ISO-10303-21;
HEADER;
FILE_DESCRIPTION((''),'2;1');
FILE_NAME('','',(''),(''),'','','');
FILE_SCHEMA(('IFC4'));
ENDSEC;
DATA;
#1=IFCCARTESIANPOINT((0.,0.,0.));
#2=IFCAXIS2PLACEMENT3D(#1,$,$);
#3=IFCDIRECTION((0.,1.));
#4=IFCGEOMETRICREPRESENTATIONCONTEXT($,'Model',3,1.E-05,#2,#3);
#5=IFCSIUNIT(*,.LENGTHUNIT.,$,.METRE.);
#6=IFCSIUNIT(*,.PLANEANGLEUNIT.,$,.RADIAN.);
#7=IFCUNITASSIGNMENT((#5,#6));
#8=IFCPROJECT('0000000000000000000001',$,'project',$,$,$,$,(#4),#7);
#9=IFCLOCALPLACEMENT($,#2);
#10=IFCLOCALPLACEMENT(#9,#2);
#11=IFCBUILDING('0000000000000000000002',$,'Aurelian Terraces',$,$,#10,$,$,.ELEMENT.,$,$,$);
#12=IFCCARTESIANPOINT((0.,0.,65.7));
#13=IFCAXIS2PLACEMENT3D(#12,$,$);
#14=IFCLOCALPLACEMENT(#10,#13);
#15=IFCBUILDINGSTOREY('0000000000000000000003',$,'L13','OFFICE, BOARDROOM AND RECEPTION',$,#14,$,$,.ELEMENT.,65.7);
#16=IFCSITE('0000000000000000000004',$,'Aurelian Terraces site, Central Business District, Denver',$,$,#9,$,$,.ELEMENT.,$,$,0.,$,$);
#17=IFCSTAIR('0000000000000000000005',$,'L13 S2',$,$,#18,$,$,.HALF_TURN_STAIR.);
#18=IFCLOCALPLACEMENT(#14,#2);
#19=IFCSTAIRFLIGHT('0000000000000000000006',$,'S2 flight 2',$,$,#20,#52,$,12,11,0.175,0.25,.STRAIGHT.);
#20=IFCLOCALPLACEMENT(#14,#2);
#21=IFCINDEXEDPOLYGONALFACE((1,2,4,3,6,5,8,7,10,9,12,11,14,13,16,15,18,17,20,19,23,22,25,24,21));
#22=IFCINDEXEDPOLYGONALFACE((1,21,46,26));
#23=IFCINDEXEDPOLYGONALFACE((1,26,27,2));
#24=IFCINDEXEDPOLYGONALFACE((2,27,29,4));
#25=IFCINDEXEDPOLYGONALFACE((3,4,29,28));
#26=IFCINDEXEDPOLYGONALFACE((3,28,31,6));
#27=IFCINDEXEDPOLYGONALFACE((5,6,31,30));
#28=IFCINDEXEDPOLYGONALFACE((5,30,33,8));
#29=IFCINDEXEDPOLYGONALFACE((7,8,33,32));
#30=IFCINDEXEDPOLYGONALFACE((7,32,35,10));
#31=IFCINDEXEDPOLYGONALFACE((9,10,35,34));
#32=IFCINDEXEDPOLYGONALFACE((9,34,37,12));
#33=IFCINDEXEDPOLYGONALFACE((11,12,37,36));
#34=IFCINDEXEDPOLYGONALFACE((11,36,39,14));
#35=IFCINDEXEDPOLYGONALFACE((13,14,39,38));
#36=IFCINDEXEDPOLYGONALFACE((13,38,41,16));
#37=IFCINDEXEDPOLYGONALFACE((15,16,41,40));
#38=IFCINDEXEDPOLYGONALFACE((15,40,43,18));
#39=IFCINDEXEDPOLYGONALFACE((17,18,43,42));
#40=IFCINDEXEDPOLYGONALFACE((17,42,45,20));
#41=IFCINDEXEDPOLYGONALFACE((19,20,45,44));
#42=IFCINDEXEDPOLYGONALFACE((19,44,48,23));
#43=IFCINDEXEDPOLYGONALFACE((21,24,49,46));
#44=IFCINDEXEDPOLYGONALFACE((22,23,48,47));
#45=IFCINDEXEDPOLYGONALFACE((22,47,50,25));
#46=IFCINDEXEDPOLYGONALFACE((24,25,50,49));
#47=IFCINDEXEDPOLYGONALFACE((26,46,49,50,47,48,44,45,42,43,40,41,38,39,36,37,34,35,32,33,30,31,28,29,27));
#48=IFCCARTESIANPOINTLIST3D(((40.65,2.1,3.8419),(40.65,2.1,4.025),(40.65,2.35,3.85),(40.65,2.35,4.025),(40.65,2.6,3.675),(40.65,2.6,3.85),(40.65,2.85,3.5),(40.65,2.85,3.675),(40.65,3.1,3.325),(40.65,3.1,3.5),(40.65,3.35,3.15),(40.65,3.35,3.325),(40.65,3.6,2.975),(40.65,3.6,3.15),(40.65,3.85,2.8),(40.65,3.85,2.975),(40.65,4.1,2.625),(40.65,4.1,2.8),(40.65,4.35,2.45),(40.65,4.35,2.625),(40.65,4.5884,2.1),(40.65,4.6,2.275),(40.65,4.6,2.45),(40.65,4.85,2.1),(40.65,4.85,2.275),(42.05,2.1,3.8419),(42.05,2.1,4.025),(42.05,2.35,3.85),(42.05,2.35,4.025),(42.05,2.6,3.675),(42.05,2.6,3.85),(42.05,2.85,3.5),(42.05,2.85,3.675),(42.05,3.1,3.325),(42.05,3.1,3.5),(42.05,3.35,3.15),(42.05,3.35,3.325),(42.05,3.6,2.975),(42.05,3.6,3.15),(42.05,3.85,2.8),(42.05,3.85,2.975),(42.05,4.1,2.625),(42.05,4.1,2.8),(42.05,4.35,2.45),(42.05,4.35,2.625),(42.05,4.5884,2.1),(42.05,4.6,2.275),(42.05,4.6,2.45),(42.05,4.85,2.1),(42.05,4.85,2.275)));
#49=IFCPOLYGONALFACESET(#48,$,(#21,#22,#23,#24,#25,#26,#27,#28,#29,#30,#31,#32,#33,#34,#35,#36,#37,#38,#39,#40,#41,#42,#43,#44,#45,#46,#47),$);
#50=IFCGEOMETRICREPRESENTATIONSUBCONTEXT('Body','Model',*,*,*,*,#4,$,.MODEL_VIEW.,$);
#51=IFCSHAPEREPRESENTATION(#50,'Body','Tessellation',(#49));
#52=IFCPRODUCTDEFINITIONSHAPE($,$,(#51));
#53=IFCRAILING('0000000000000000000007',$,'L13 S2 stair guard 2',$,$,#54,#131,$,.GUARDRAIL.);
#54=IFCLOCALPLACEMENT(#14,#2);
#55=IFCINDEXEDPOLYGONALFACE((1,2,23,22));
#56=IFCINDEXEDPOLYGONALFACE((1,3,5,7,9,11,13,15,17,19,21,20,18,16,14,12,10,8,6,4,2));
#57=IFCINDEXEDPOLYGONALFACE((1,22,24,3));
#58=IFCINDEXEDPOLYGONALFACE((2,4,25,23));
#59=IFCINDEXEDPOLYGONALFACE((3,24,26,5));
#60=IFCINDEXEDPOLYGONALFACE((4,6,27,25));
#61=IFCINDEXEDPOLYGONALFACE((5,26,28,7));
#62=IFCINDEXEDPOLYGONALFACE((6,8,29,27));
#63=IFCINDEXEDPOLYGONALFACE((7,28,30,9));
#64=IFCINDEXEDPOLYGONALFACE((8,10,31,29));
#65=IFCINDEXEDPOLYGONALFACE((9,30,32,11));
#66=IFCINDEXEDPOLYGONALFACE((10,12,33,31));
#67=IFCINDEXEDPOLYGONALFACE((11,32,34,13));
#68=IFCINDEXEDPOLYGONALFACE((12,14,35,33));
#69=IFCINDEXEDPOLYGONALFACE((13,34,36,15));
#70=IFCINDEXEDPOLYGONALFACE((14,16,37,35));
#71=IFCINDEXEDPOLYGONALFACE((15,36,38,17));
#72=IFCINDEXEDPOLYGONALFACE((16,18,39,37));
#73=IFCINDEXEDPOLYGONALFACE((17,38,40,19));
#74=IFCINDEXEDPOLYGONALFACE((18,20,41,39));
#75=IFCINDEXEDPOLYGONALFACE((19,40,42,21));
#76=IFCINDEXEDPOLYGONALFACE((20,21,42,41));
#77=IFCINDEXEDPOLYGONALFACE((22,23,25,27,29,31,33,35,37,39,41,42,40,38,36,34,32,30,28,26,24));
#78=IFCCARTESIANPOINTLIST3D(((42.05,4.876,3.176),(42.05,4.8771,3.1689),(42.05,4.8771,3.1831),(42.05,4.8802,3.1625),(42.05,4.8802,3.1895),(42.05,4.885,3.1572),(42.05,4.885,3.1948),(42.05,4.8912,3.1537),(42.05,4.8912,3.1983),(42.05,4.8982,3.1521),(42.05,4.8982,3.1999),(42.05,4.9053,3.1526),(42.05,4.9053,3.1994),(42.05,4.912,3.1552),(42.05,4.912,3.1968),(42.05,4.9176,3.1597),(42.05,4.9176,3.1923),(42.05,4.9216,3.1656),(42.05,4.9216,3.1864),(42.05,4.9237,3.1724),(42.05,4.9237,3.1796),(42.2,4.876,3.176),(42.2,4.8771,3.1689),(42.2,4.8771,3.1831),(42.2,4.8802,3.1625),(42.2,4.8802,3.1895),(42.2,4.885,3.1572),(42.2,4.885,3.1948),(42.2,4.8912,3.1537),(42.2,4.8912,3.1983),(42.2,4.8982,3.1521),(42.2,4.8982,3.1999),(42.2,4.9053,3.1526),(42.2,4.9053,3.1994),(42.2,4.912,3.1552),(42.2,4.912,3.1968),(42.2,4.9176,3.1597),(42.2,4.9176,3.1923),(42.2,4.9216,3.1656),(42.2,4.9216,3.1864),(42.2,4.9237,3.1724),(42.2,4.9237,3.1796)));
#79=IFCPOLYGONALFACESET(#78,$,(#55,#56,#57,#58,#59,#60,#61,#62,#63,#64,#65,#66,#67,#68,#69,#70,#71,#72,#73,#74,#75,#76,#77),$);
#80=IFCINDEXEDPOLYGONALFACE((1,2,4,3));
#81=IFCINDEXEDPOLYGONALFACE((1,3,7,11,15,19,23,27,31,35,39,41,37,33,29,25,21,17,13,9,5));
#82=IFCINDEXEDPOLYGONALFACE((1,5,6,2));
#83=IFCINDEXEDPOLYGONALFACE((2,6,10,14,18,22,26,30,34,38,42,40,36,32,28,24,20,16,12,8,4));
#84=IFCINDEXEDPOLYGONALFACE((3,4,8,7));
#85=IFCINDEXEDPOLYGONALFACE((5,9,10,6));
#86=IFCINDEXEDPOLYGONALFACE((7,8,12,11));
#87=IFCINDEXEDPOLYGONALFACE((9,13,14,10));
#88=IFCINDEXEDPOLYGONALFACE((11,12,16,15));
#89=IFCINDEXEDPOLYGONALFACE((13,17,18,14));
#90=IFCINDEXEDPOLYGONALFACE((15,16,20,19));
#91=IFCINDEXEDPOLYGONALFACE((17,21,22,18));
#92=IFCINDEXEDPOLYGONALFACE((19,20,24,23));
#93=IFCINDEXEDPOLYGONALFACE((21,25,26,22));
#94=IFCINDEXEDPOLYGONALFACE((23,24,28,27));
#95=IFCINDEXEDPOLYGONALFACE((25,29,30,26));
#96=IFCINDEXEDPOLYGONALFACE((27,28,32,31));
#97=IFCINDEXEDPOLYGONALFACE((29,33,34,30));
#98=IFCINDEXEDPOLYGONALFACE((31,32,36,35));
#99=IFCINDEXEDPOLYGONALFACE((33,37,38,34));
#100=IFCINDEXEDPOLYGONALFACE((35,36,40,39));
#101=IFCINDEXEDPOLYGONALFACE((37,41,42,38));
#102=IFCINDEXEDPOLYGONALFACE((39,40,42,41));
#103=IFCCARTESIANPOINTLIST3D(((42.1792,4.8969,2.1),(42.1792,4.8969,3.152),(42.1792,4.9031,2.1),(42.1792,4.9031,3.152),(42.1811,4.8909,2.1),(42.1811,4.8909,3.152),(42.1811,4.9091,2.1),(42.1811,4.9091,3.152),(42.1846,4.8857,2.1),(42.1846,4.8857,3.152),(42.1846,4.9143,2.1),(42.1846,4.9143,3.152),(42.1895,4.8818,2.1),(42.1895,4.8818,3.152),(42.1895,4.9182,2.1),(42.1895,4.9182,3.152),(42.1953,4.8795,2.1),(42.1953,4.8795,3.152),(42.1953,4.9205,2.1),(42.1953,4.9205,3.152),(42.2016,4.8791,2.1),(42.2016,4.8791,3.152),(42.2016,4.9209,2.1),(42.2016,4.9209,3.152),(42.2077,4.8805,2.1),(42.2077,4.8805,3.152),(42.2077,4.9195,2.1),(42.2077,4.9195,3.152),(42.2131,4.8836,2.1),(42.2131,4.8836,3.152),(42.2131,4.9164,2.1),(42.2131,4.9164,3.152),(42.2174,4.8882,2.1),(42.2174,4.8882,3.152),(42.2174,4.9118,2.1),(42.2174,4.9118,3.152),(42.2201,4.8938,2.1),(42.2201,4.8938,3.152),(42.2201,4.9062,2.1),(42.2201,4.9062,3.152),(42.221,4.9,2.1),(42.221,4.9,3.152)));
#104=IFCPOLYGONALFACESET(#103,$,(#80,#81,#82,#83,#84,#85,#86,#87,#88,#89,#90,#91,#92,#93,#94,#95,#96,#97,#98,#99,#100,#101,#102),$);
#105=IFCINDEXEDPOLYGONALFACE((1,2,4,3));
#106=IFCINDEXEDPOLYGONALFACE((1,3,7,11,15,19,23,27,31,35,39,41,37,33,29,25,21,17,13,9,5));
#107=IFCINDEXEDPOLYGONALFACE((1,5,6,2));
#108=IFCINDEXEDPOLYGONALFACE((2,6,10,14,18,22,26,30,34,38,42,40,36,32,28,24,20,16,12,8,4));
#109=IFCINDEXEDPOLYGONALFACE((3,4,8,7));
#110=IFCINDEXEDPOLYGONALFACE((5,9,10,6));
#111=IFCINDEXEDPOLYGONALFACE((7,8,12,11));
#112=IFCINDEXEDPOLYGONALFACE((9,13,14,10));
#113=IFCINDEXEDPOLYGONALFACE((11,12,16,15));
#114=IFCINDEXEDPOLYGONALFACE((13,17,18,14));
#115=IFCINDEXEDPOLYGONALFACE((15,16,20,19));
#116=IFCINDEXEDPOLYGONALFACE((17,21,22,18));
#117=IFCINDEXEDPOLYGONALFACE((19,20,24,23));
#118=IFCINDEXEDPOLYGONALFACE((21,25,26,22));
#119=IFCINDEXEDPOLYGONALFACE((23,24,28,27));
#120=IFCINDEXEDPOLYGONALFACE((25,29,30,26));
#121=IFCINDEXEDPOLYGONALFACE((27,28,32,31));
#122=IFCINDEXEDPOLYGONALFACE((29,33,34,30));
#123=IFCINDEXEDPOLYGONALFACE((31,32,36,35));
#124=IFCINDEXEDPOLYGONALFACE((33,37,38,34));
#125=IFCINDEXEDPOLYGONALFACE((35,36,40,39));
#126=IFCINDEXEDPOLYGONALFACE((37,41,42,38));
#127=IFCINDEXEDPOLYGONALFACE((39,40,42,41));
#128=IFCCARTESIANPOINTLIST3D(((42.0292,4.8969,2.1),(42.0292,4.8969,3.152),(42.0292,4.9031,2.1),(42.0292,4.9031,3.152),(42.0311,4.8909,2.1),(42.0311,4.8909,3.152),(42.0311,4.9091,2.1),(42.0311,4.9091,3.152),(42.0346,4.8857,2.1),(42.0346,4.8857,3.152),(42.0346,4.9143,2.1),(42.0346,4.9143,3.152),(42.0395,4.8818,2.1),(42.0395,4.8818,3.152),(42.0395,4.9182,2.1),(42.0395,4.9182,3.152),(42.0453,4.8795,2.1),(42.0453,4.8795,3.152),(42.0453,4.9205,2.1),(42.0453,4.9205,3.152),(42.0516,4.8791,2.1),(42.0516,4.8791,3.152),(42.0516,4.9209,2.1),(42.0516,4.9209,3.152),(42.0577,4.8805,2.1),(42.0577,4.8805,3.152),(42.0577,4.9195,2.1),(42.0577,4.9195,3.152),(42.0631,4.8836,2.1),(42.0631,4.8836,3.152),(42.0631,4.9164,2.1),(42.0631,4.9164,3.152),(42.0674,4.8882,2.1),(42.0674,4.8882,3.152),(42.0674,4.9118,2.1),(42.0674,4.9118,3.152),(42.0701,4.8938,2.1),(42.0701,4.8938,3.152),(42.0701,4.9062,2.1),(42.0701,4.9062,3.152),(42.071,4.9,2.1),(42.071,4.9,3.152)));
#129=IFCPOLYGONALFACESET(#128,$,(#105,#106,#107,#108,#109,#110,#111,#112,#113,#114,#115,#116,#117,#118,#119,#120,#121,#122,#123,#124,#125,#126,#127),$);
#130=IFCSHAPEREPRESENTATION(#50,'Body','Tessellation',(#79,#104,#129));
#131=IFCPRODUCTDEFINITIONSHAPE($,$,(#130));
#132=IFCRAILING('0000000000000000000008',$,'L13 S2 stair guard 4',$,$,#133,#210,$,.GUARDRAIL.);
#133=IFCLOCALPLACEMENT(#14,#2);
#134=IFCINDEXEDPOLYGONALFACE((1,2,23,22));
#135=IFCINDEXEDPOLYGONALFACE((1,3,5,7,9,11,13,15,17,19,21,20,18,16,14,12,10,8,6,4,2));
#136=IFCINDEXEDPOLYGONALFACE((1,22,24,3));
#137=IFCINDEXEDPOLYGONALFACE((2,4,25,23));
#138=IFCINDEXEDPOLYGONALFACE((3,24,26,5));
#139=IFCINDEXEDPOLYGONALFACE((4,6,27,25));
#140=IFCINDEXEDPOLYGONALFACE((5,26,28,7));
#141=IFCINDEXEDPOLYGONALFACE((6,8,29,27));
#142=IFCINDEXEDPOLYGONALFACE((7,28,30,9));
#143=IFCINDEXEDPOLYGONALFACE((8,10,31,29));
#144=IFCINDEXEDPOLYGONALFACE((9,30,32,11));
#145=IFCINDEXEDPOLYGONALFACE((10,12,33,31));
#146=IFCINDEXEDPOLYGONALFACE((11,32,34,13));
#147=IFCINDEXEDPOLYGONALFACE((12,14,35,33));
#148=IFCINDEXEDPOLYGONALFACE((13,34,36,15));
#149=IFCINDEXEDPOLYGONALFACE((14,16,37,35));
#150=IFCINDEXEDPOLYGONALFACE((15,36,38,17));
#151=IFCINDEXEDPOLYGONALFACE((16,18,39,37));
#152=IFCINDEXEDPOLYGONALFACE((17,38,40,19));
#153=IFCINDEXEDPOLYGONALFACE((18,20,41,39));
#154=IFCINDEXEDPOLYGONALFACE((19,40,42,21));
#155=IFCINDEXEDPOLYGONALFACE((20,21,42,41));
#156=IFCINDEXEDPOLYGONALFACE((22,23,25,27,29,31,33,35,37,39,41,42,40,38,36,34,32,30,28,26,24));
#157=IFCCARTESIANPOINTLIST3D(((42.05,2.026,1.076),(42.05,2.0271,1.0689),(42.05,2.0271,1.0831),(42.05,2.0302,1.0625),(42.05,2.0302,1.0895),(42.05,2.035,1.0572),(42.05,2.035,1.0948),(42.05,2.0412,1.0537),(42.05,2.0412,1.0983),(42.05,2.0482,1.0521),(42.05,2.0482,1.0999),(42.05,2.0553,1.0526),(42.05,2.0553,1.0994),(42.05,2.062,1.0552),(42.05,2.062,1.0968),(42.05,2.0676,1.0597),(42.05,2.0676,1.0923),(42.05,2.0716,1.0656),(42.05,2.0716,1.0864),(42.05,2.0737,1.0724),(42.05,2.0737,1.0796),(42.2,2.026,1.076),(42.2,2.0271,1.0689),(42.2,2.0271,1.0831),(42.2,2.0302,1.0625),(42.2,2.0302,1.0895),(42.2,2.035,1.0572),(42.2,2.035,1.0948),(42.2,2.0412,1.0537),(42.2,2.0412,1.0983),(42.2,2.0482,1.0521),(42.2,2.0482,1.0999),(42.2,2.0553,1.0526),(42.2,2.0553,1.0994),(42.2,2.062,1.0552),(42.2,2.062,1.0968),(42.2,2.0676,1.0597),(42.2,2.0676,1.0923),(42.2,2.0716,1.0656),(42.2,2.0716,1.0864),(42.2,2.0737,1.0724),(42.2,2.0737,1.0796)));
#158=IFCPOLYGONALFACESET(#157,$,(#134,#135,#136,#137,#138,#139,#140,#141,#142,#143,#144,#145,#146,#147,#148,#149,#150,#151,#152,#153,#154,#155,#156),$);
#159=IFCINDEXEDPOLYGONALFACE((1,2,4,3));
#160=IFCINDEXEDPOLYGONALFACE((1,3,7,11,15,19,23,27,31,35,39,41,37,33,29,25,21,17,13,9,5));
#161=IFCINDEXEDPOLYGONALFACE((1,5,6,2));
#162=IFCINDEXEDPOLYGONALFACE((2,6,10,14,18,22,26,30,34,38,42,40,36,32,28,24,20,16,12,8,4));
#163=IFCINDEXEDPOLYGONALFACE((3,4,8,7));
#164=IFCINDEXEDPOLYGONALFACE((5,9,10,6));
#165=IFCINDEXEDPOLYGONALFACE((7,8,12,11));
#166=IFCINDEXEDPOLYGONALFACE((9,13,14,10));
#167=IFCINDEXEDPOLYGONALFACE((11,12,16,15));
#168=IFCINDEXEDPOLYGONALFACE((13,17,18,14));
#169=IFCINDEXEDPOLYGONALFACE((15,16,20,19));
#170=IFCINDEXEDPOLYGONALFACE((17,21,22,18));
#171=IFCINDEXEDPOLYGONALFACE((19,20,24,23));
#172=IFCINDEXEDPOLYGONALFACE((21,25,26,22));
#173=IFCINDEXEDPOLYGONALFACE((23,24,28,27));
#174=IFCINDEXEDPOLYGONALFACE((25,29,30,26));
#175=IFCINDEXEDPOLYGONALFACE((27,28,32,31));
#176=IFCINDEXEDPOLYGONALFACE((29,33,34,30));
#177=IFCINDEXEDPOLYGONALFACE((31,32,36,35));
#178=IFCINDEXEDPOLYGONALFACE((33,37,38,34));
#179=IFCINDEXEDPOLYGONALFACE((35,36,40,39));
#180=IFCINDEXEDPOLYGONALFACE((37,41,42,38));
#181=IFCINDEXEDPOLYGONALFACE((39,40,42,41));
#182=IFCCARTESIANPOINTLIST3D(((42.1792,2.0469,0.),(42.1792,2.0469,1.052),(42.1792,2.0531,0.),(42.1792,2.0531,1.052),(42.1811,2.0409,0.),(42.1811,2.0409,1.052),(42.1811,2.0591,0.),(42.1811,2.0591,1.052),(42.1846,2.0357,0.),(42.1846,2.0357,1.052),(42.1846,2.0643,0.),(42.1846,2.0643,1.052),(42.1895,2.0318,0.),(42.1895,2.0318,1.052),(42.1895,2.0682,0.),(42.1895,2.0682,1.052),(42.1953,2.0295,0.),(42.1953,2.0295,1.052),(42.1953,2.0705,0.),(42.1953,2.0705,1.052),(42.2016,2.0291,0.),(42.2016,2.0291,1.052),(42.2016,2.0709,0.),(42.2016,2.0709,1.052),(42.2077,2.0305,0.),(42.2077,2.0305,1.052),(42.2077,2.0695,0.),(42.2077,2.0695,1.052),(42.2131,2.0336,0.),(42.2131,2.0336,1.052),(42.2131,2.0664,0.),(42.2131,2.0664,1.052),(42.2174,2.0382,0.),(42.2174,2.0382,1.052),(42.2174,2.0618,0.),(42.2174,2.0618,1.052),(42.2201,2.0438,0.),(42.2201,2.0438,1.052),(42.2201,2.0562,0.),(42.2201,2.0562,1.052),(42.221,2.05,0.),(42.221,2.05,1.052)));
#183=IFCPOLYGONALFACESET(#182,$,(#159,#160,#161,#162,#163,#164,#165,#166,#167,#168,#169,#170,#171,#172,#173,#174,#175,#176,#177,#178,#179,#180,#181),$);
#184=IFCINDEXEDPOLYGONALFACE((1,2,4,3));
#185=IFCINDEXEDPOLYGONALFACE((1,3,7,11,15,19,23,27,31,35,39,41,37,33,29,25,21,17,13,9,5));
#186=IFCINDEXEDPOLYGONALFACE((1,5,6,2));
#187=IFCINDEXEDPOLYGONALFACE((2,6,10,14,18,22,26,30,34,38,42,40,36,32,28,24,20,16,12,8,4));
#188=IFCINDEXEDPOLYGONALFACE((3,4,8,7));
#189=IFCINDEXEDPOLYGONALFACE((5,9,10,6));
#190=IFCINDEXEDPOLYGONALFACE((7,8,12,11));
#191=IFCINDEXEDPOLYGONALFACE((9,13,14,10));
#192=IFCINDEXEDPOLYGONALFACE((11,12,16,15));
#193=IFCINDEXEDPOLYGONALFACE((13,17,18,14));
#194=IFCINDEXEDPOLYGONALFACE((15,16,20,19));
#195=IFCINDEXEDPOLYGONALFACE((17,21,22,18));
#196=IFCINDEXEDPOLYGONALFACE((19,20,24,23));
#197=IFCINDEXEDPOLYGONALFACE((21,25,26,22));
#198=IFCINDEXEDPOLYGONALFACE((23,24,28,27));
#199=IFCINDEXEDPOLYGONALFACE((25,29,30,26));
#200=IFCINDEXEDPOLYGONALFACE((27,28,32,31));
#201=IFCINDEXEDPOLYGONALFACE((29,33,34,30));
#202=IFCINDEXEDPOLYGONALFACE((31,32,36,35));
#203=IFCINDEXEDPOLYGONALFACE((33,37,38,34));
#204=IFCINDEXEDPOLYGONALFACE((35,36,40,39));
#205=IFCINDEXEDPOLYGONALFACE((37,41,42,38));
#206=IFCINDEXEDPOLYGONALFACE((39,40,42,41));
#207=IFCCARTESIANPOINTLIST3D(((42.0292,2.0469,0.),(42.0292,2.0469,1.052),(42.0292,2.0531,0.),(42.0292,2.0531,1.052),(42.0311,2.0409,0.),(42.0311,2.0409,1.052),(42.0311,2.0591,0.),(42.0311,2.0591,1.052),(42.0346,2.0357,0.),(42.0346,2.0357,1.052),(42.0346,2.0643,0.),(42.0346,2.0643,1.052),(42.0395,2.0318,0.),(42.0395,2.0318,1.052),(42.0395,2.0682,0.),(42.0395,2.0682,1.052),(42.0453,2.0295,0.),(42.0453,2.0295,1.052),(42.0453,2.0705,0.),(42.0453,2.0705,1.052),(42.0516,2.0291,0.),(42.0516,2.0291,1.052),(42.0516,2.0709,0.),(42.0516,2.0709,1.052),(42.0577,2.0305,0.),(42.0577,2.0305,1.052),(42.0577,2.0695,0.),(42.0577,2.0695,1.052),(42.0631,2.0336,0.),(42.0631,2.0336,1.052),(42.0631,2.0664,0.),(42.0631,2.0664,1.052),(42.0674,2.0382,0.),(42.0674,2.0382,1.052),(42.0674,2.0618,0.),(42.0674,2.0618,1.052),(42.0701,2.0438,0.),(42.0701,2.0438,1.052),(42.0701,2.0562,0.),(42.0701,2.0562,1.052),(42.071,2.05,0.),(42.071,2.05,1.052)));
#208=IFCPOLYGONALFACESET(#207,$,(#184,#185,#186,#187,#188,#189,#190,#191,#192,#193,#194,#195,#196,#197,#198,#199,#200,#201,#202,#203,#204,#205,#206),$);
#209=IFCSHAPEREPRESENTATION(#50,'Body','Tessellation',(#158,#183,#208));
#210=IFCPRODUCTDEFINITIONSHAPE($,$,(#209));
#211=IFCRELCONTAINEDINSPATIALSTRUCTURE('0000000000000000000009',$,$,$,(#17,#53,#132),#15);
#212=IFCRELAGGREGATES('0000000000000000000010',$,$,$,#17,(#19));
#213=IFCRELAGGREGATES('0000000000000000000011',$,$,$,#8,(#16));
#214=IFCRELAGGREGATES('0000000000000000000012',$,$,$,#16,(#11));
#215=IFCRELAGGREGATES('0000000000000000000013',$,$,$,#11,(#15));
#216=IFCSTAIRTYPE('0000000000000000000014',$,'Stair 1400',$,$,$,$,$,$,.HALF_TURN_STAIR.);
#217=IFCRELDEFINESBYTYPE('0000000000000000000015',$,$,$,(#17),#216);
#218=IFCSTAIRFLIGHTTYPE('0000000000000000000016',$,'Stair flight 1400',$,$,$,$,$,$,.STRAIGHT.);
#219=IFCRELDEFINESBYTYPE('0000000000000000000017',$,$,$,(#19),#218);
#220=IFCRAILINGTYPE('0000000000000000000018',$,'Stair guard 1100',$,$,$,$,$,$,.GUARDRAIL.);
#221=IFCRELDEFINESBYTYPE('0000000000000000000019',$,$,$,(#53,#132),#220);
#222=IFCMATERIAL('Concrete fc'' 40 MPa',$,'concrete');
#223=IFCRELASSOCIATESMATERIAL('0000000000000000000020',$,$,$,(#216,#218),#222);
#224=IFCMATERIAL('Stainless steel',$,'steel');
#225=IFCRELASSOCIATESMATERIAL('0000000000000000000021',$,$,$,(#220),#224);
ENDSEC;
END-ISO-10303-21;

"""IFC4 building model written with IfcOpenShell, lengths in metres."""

from ifc_helpers import new_model, si_unit, direction, frame, origin, origin_2d, place, context, subcontext, project, spatial, polyline, circle, outline, extrude, source, transform, mapped, material, type_object, element, aggregate, save


model = new_model("IFC4")

# Units and contexts
model_context = context("Model", 3, precision=1e-05, world=origin(), true_north=direction((0.0, 1.0)))
body_context = subcontext(model_context, "Body", "Model", "MODEL_VIEW")
ifc_project = project(units=[si_unit("LENGTHUNIT", "METRE"), si_unit("PLANEANGLEUNIT", "RADIAN")], contexts=[model_context])

# Site, building, storey
site_placement = place(None, origin())
site = spatial("IfcSite", under=ifc_project, at=site_placement, Name="Aurelian Terraces site, Central Business District, Denver", CompositionType="ELEMENT", RefElevation=0.0)
building_placement = place(site_placement, origin())
building = spatial("IfcBuilding", under=site, at=building_placement, Name="Aurelian Terraces", CompositionType="ELEMENT")
storey_placement = place(building_placement, frame((0.0, 0.0, 65.7)))
storey = spatial("IfcBuildingStorey", under=building, at=storey_placement, Name="L13", Description="OFFICE, BOARDROOM AND RECEPTION", CompositionType="ELEMENT", Elevation=65.7)

# Shared definitions
ifc_material_1 = material(Name="Concrete fc' 40 MPa", Category="concrete")

# Stair, stair flight
stair_type = type_object("IfcStairType", Name="Stair 1400", PredefinedType="HALF_TURN_STAIR", material=ifc_material_1)
stair_placement = place(storey_placement, origin())
stair = element("IfcStair", 1, at=stair_placement, inside=storey, type_object=stair_type, Name="L13 S2", PredefinedType="HALF_TURN_STAIR")
stair_flight_type = type_object("IfcStairFlightType", Name="Stair flight 1400", PredefinedType="STRAIGHT", material=ifc_material_1)
shared_shape_1 = source(origin(), body_context, "Body", "SweptSolid", [
    extrude(outline(polyline([(0.0, 0.0), (0.0, 0.175), (0.25, 0.175), (0.25, 0.35), (0.5, 0.35), (0.5, 0.525), (0.75, 0.525), (0.75, 0.7), (1.0, 0.7), (1.0, 0.875), (1.25, 0.875), (1.25, 1.05), (1.5, 1.05), (1.5, 1.225), (1.75, 1.225), (1.75, 1.4), (2.0, 1.4), (2.0, 1.575), (2.25, 1.575), (2.25, 1.75), (2.5, 1.75), (2.5, 1.925), (2.75, 1.925), (2.75, 2.1), (2.75, 1.7419), (0.2616, 0.0), (0.0, 0.0)])), frame((0.0, 0.7, 0.0), z_axis=(0.0, -1.0, 0.0), x_axis=(1.0, 0.0, 0.0)), (0.0, 0.0, 1.0), 1.4),
])
stair_flight_placement = place(storey_placement, frame((41.35, 4.85, 2.1), z_axis=(0.0, 0.0, 1.0), x_axis=(0.0, -1.0, 0.0)))
stair_flight = element("IfcStairFlight", 2, at=stair_flight_placement, type_object=stair_flight_type, Name="S2 flight 2", NumberOfRisers=12, NumberOfTreads=11, PredefinedType="STRAIGHT", RiserHeight=0.175, TreadLength=0.25, context=body_context, shape_type="MappedRepresentation", body=[
    mapped(shared_shape_1, transform((0.0, 0.0, 0.0), scale=1.0)),
])
aggregate(stair, [stair_flight])

# Railings
ifc_material_2 = material(Name="Stainless steel", Category="steel")
railing_type_1 = type_object("IfcRailingType", Name="Stair guard 1100", PredefinedType="GUARDRAIL", material=ifc_material_2)
shared_shape_2 = source(origin(), body_context, "Body", "SweptSolid", [
    extrude(circle(Radius=0.024, at=origin_2d()), frame((0.0, 0.0, 1.076), z_axis=(-1.0, 0.0, 0.0), x_axis=(0.0, -1.0, 0.0)), (0.0, 0.0, 1.0), 0.15),
    extrude(circle(Radius=0.021, at=origin_2d()), origin(), (0.0, 0.0, 1.0), 1.052),
    extrude(circle(Radius=0.021, at=origin_2d()), frame((-0.15, 0.0, 0.0)), (0.0, 0.0, 1.0), 1.052),
])
for number, where, name in (
    (3, (42.2, 4.9, 2.1), "L13 S2 stair guard 2"),
    (4, (42.2, 2.05, 0.0), "L13 S2 stair guard 4"),
):
    element("IfcRailing", number, at=place(storey_placement, frame(where)), inside=storey, type_object=railing_type_1, Name=name, PredefinedType="GUARDRAIL", context=body_context, shape_type="MappedRepresentation", body=[
        mapped(shared_shape_2, transform((0.0, 0.0, 0.0), scale=1.0)),
    ])

save(model, "model.ifc")
